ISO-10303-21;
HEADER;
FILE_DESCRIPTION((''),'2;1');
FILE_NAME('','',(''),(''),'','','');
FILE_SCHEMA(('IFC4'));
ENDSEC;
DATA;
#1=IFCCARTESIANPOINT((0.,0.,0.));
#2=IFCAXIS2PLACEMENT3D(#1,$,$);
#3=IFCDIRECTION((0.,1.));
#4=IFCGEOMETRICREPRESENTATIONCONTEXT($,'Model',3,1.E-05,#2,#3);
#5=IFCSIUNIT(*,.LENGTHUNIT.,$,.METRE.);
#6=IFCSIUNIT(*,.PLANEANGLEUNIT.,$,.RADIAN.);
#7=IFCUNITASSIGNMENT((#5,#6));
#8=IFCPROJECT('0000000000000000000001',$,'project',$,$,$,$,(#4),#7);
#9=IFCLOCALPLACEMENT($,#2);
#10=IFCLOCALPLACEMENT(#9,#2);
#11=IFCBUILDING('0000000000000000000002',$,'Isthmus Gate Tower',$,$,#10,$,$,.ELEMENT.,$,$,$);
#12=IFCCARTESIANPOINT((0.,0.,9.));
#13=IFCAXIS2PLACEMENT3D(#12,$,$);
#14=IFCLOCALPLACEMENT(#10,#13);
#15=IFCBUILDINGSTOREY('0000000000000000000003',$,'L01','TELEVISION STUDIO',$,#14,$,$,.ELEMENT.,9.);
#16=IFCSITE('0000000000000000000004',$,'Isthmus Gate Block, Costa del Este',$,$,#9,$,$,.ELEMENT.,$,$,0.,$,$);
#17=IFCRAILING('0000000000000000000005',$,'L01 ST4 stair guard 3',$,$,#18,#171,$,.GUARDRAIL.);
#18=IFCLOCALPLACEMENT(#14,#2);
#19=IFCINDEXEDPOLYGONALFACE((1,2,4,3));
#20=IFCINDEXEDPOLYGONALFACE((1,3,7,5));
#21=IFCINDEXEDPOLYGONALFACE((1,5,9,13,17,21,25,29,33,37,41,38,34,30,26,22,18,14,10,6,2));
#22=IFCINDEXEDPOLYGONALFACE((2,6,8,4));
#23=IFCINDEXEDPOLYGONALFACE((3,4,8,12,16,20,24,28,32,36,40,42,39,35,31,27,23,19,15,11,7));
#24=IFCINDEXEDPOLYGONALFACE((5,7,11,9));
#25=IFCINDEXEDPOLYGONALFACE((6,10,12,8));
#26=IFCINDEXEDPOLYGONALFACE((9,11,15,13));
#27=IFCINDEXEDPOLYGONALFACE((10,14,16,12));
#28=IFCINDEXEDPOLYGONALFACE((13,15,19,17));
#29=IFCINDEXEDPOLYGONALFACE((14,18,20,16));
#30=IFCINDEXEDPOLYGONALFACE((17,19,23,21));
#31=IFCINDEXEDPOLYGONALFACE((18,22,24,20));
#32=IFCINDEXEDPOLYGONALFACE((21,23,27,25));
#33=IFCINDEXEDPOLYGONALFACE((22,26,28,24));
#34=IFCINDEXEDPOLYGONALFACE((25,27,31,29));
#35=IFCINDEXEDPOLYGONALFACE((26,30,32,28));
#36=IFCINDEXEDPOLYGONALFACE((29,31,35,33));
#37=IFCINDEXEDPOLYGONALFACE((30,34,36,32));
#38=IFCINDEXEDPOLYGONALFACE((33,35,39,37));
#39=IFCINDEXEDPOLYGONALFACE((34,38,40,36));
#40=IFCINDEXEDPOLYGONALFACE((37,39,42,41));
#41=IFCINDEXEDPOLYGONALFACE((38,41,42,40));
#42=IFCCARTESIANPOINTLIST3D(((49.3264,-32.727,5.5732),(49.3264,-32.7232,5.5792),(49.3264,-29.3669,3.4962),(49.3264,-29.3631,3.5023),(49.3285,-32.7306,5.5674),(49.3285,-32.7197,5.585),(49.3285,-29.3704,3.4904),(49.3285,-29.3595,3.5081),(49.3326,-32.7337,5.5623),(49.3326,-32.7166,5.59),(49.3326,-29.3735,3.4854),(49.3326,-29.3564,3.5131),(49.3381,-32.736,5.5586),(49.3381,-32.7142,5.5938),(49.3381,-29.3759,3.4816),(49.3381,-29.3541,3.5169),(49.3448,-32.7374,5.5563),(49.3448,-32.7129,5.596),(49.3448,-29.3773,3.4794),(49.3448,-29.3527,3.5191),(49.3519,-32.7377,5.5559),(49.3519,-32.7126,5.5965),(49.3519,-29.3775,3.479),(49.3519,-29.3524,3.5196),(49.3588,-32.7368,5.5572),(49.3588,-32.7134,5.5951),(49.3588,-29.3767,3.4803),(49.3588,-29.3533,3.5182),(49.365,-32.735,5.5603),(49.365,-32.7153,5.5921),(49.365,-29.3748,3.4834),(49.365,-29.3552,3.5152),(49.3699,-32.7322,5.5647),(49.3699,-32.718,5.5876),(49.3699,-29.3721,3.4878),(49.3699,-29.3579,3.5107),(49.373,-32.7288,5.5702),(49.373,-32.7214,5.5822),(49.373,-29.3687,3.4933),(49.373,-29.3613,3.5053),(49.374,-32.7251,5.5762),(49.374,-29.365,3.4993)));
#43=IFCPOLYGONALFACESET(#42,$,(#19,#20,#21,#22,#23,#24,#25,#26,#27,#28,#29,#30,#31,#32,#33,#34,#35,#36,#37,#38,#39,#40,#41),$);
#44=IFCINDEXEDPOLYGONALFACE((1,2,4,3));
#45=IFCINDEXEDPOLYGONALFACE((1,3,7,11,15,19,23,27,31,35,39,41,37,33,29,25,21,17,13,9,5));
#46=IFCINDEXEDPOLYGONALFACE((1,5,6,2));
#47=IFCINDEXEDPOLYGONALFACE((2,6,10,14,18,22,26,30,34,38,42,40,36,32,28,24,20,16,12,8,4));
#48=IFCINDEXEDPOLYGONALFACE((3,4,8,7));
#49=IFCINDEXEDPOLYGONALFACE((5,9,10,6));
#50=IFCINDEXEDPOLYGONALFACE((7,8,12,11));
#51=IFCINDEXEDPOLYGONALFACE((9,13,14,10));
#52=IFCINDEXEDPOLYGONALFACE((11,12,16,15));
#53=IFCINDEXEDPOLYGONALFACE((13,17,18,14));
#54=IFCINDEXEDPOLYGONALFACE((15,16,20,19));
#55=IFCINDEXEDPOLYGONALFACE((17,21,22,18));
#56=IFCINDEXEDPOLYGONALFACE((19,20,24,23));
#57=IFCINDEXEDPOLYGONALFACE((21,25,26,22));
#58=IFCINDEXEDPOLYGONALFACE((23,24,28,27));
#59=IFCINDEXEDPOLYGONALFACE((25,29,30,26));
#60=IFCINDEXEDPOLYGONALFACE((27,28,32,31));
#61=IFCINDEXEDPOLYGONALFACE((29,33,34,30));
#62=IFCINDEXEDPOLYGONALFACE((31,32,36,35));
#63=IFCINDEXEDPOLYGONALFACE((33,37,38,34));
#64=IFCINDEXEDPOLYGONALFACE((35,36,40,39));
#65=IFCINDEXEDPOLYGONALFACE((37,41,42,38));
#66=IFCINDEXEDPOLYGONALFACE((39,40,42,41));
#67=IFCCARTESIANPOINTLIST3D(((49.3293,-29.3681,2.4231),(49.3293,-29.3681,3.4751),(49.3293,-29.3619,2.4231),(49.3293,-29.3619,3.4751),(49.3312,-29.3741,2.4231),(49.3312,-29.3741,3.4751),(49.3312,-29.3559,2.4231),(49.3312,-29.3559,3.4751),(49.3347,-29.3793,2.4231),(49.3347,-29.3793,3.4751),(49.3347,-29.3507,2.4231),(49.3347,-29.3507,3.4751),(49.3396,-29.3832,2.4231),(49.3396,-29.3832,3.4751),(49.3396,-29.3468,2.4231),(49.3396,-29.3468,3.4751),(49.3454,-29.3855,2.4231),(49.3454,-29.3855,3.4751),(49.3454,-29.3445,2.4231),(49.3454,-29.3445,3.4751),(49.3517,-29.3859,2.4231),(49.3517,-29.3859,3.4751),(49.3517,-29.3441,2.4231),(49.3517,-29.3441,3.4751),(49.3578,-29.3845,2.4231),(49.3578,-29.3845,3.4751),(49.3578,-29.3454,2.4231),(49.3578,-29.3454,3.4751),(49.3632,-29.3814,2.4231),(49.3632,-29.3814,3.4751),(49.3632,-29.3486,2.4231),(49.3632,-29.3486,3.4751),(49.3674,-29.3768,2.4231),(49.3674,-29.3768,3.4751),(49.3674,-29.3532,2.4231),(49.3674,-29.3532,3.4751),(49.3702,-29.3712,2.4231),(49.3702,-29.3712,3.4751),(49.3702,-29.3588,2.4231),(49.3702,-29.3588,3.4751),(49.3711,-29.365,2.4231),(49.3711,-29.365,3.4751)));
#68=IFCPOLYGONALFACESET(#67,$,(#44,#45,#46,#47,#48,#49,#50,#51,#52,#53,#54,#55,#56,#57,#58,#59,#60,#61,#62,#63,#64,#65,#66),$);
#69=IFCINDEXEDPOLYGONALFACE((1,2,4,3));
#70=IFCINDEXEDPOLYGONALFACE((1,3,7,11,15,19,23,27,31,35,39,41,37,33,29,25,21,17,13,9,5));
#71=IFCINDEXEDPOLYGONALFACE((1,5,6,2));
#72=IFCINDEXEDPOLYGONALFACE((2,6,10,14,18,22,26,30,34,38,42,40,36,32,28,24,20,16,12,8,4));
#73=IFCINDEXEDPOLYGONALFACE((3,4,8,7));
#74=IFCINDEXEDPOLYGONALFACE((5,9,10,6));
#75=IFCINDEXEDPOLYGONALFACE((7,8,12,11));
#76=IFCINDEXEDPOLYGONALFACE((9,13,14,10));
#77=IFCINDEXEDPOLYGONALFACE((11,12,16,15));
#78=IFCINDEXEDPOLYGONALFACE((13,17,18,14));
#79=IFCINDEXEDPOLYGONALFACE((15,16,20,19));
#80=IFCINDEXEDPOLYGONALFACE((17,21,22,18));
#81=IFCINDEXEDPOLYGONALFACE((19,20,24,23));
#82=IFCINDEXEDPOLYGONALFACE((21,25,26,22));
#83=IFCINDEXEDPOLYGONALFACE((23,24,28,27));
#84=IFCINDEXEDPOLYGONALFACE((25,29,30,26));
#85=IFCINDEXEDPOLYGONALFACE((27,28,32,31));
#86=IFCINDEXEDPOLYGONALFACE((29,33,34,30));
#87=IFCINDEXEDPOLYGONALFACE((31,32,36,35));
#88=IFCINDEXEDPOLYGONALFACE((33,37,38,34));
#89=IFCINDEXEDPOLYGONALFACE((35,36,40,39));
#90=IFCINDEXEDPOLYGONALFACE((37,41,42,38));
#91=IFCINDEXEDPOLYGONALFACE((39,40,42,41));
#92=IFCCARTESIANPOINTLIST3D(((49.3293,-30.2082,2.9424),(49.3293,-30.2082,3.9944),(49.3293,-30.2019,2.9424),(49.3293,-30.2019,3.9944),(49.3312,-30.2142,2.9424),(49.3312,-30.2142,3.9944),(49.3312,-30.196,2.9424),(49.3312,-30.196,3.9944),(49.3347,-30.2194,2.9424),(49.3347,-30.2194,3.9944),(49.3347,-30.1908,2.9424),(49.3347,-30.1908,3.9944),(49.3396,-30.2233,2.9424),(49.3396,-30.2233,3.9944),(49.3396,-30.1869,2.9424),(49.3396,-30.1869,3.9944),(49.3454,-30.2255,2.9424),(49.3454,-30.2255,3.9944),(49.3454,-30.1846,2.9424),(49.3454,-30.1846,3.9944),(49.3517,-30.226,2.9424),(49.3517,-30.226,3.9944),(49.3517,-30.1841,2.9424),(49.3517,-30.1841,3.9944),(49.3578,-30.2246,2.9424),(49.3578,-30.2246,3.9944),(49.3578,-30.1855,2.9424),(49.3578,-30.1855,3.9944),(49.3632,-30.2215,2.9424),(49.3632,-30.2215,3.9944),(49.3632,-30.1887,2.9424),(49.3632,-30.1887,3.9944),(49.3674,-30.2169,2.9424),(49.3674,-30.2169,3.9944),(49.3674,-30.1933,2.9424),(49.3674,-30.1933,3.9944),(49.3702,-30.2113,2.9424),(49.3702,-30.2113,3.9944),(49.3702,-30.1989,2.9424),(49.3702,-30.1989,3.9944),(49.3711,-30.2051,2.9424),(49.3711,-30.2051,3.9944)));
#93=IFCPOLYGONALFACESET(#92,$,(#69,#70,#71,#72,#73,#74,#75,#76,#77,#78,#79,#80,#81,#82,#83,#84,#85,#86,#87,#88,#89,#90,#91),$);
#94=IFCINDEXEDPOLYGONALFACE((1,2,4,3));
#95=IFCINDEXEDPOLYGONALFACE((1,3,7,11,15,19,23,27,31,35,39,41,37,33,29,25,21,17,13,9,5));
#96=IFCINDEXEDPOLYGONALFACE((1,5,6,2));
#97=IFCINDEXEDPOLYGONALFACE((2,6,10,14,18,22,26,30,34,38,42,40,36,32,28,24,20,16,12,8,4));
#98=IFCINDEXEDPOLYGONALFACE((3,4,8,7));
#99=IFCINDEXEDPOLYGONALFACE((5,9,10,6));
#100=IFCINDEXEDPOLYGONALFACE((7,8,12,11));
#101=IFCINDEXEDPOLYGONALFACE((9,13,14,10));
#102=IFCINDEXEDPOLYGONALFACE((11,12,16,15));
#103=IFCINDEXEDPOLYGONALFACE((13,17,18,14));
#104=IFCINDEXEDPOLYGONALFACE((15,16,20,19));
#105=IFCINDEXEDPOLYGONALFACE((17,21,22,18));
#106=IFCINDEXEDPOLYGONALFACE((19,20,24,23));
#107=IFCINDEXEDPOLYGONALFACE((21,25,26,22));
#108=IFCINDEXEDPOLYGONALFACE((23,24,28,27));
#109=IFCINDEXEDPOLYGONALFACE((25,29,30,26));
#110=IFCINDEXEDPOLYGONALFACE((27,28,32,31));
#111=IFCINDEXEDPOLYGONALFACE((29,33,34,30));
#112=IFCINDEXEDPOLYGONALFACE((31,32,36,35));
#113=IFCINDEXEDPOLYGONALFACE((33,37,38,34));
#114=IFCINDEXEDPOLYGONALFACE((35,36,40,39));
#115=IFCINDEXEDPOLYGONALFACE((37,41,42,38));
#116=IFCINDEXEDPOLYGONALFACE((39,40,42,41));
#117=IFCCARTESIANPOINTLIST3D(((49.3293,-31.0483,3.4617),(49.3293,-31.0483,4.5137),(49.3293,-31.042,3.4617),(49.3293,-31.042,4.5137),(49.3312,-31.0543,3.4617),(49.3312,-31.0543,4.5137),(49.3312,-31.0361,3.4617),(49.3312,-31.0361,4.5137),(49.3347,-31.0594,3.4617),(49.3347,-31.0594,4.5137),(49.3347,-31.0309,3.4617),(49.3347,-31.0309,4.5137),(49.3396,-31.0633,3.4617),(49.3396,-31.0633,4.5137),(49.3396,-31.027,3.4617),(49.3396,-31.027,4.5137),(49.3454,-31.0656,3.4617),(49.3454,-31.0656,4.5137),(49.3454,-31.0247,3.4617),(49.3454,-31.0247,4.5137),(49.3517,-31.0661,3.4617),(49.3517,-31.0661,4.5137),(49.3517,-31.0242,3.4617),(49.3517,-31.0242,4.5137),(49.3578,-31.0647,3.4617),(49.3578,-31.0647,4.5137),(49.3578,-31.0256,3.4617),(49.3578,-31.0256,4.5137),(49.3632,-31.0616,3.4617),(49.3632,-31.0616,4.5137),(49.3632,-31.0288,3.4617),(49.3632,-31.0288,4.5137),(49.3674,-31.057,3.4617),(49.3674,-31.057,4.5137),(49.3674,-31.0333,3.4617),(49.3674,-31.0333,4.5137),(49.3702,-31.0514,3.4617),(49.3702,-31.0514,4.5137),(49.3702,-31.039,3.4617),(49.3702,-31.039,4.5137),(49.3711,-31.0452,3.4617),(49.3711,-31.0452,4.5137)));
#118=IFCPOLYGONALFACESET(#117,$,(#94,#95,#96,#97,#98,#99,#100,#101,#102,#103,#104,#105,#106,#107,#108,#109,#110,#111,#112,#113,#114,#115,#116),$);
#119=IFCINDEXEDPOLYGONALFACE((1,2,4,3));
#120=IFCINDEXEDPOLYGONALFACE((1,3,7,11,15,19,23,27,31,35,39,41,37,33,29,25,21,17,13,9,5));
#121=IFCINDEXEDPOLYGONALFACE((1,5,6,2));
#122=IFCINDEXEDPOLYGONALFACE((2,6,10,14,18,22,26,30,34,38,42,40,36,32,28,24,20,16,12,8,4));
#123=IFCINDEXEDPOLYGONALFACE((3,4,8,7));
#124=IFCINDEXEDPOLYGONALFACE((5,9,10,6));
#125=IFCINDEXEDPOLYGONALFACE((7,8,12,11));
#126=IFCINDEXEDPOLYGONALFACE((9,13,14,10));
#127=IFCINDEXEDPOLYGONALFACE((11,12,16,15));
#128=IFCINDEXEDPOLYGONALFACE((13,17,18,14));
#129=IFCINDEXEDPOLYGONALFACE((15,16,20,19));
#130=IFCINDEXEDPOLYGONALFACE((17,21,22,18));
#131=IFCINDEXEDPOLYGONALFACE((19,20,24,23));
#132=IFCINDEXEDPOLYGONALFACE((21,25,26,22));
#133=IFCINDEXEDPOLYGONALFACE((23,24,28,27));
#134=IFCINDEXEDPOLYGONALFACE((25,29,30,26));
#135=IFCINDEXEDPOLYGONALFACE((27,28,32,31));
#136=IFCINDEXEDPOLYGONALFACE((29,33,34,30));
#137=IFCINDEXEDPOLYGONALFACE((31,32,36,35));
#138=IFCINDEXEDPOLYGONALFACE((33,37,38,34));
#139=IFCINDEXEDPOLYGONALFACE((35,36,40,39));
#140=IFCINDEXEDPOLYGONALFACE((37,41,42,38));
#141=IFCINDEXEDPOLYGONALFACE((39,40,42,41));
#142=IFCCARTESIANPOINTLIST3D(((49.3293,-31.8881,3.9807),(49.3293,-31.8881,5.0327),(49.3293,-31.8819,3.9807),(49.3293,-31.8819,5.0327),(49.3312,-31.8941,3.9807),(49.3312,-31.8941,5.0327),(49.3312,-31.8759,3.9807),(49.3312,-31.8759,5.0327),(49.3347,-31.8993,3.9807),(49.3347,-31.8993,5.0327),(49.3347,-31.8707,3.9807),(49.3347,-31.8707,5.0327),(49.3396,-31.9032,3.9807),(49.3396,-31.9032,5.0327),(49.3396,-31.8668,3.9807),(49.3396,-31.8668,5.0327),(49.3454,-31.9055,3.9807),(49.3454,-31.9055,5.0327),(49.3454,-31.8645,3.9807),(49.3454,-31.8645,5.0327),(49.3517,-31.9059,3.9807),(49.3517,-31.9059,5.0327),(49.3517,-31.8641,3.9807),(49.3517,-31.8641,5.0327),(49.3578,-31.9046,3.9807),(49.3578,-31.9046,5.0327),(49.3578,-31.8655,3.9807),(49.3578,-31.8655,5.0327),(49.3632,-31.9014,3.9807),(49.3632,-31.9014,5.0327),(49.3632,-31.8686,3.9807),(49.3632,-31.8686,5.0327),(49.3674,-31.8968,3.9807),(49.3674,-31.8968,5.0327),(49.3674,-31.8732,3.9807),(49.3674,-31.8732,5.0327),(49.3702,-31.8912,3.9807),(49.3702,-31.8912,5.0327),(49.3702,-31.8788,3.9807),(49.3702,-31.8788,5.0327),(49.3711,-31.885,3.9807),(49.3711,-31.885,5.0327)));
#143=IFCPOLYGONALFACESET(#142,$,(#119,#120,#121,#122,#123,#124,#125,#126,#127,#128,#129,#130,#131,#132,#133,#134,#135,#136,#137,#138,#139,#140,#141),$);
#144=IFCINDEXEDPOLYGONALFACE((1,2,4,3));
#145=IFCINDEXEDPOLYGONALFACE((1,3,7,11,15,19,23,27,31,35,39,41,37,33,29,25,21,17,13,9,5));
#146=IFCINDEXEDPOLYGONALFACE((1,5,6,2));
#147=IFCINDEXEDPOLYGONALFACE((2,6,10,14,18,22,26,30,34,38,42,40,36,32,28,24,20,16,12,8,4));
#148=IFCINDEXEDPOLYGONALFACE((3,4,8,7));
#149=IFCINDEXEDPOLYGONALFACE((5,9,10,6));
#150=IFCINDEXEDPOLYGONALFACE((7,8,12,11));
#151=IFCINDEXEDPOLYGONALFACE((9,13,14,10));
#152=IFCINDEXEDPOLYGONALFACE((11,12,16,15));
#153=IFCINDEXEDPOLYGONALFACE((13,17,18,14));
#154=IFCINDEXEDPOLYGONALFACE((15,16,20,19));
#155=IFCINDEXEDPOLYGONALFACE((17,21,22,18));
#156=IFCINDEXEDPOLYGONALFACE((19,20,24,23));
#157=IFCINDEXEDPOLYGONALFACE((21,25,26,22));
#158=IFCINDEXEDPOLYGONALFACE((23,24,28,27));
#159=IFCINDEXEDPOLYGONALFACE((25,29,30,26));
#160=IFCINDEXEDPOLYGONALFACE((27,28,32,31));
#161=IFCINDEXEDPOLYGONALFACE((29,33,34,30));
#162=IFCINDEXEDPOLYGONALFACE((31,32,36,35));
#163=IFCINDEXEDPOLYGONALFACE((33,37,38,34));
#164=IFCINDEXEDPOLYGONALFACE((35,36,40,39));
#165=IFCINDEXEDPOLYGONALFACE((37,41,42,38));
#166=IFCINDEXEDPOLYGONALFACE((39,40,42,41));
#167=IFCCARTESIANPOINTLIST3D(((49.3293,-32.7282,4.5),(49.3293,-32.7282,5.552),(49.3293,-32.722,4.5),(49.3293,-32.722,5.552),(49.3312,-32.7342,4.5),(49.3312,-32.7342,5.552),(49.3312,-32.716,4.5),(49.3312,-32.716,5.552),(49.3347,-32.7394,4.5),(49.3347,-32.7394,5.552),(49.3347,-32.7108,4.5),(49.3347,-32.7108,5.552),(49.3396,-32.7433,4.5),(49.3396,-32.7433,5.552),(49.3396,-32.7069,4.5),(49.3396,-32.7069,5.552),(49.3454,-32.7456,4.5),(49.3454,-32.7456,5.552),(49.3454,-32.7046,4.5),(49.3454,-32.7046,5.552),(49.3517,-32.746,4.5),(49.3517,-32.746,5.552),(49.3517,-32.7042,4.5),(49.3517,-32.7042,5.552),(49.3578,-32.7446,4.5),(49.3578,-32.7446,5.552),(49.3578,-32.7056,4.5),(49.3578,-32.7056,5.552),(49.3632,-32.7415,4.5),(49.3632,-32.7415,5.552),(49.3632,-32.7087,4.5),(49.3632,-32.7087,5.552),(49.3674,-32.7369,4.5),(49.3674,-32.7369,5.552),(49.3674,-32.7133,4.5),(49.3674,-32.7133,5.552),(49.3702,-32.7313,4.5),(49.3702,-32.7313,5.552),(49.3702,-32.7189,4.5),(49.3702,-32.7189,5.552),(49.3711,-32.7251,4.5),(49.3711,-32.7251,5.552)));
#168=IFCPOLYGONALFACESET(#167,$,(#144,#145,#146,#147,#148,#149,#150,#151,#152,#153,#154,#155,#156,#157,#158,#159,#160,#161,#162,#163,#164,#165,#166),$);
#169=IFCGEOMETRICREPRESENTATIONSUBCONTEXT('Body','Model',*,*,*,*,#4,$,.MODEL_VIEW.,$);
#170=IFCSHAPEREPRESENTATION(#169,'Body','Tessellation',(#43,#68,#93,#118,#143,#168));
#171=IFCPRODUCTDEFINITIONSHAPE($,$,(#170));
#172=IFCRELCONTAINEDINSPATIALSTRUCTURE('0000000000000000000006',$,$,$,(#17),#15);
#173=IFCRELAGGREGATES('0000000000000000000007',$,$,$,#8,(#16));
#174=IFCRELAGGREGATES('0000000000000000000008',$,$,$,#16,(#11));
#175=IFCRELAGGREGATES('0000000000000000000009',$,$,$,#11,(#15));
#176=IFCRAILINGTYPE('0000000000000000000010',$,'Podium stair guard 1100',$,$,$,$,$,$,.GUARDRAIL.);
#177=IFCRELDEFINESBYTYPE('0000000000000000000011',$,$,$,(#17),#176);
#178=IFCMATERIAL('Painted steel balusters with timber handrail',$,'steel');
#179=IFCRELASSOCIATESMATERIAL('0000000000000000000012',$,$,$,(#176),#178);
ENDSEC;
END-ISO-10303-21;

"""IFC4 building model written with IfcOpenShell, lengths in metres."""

from ifc_helpers import new_model, si_unit, direction, frame, origin, origin_2d, place, context, subcontext, project, spatial, circle, extrude, material, type_object, element, save


model = new_model("IFC4")

# Units and contexts
model_context = context("Model", 3, precision=1e-05, world=origin(), true_north=direction((0.0, 1.0)))
body_context = subcontext(model_context, "Body", "Model", "MODEL_VIEW")
ifc_project = project(units=[si_unit("LENGTHUNIT", "METRE"), si_unit("PLANEANGLEUNIT", "RADIAN")], contexts=[model_context])

# Site, building, storey
site_placement = place(None, origin())
site = spatial("IfcSite", under=ifc_project, at=site_placement, Name="Isthmus Gate Block, Costa del Este", CompositionType="ELEMENT", RefElevation=0.0)
building_placement = place(site_placement, origin())
building = spatial("IfcBuilding", under=site, at=building_placement, Name="Isthmus Gate Tower", CompositionType="ELEMENT")
storey_placement = place(building_placement, frame((0.0, 0.0, 9.0)))
storey = spatial("IfcBuildingStorey", under=building, at=storey_placement, Name="L01", Description="TELEVISION STUDIO", CompositionType="ELEMENT", Elevation=9.0)

# Railing
ifc_material_1 = material(Name="Painted steel balusters with timber handrail", Category="steel")
railing_type_1 = type_object("IfcRailingType", Name="Podium stair guard 1100", PredefinedType="GUARDRAIL", material=ifc_material_1)
railing_1_placement = place(storey_placement, frame((49.3501, -29.365, 2.4231)))
element("IfcRailing", 1, at=railing_1_placement, inside=storey, type_object=railing_type_1, Name="L01 ST4 stair guard 3", PredefinedType="GUARDRAIL", context=body_context, shape_type="SweptSolid", body=[
    extrude(circle(Radius=0.0239, at=origin_2d()), frame((0.0, 0.0, 1.0762), z_axis=(0.0, -0.850623, 0.525776), x_axis=(1.0, 0.0, 0.0)), (0.0, 0.0, 1.0), 3.9502),
    extrude(circle(Radius=0.021, at=origin_2d()), origin(), (0.0, 0.0, 1.0), 1.052),
    extrude(circle(Radius=0.021, at=origin_2d()), frame((0.0, -0.8401, 0.5193)), (0.0, 0.0, 1.0), 1.052),
    extrude(circle(Radius=0.021, at=origin_2d()), frame((0.0, -1.6802, 1.0386)), (0.0, 0.0, 1.0), 1.052),
    extrude(circle(Radius=0.021, at=origin_2d()), frame((0.0, -2.52, 1.5576)), (0.0, 0.0, 1.0), 1.052),
    extrude(circle(Radius=0.021, at=origin_2d()), frame((0.0, -3.3601, 2.0769)), (0.0, 0.0, 1.0), 1.052),
])

save(model, "model.ifc")
